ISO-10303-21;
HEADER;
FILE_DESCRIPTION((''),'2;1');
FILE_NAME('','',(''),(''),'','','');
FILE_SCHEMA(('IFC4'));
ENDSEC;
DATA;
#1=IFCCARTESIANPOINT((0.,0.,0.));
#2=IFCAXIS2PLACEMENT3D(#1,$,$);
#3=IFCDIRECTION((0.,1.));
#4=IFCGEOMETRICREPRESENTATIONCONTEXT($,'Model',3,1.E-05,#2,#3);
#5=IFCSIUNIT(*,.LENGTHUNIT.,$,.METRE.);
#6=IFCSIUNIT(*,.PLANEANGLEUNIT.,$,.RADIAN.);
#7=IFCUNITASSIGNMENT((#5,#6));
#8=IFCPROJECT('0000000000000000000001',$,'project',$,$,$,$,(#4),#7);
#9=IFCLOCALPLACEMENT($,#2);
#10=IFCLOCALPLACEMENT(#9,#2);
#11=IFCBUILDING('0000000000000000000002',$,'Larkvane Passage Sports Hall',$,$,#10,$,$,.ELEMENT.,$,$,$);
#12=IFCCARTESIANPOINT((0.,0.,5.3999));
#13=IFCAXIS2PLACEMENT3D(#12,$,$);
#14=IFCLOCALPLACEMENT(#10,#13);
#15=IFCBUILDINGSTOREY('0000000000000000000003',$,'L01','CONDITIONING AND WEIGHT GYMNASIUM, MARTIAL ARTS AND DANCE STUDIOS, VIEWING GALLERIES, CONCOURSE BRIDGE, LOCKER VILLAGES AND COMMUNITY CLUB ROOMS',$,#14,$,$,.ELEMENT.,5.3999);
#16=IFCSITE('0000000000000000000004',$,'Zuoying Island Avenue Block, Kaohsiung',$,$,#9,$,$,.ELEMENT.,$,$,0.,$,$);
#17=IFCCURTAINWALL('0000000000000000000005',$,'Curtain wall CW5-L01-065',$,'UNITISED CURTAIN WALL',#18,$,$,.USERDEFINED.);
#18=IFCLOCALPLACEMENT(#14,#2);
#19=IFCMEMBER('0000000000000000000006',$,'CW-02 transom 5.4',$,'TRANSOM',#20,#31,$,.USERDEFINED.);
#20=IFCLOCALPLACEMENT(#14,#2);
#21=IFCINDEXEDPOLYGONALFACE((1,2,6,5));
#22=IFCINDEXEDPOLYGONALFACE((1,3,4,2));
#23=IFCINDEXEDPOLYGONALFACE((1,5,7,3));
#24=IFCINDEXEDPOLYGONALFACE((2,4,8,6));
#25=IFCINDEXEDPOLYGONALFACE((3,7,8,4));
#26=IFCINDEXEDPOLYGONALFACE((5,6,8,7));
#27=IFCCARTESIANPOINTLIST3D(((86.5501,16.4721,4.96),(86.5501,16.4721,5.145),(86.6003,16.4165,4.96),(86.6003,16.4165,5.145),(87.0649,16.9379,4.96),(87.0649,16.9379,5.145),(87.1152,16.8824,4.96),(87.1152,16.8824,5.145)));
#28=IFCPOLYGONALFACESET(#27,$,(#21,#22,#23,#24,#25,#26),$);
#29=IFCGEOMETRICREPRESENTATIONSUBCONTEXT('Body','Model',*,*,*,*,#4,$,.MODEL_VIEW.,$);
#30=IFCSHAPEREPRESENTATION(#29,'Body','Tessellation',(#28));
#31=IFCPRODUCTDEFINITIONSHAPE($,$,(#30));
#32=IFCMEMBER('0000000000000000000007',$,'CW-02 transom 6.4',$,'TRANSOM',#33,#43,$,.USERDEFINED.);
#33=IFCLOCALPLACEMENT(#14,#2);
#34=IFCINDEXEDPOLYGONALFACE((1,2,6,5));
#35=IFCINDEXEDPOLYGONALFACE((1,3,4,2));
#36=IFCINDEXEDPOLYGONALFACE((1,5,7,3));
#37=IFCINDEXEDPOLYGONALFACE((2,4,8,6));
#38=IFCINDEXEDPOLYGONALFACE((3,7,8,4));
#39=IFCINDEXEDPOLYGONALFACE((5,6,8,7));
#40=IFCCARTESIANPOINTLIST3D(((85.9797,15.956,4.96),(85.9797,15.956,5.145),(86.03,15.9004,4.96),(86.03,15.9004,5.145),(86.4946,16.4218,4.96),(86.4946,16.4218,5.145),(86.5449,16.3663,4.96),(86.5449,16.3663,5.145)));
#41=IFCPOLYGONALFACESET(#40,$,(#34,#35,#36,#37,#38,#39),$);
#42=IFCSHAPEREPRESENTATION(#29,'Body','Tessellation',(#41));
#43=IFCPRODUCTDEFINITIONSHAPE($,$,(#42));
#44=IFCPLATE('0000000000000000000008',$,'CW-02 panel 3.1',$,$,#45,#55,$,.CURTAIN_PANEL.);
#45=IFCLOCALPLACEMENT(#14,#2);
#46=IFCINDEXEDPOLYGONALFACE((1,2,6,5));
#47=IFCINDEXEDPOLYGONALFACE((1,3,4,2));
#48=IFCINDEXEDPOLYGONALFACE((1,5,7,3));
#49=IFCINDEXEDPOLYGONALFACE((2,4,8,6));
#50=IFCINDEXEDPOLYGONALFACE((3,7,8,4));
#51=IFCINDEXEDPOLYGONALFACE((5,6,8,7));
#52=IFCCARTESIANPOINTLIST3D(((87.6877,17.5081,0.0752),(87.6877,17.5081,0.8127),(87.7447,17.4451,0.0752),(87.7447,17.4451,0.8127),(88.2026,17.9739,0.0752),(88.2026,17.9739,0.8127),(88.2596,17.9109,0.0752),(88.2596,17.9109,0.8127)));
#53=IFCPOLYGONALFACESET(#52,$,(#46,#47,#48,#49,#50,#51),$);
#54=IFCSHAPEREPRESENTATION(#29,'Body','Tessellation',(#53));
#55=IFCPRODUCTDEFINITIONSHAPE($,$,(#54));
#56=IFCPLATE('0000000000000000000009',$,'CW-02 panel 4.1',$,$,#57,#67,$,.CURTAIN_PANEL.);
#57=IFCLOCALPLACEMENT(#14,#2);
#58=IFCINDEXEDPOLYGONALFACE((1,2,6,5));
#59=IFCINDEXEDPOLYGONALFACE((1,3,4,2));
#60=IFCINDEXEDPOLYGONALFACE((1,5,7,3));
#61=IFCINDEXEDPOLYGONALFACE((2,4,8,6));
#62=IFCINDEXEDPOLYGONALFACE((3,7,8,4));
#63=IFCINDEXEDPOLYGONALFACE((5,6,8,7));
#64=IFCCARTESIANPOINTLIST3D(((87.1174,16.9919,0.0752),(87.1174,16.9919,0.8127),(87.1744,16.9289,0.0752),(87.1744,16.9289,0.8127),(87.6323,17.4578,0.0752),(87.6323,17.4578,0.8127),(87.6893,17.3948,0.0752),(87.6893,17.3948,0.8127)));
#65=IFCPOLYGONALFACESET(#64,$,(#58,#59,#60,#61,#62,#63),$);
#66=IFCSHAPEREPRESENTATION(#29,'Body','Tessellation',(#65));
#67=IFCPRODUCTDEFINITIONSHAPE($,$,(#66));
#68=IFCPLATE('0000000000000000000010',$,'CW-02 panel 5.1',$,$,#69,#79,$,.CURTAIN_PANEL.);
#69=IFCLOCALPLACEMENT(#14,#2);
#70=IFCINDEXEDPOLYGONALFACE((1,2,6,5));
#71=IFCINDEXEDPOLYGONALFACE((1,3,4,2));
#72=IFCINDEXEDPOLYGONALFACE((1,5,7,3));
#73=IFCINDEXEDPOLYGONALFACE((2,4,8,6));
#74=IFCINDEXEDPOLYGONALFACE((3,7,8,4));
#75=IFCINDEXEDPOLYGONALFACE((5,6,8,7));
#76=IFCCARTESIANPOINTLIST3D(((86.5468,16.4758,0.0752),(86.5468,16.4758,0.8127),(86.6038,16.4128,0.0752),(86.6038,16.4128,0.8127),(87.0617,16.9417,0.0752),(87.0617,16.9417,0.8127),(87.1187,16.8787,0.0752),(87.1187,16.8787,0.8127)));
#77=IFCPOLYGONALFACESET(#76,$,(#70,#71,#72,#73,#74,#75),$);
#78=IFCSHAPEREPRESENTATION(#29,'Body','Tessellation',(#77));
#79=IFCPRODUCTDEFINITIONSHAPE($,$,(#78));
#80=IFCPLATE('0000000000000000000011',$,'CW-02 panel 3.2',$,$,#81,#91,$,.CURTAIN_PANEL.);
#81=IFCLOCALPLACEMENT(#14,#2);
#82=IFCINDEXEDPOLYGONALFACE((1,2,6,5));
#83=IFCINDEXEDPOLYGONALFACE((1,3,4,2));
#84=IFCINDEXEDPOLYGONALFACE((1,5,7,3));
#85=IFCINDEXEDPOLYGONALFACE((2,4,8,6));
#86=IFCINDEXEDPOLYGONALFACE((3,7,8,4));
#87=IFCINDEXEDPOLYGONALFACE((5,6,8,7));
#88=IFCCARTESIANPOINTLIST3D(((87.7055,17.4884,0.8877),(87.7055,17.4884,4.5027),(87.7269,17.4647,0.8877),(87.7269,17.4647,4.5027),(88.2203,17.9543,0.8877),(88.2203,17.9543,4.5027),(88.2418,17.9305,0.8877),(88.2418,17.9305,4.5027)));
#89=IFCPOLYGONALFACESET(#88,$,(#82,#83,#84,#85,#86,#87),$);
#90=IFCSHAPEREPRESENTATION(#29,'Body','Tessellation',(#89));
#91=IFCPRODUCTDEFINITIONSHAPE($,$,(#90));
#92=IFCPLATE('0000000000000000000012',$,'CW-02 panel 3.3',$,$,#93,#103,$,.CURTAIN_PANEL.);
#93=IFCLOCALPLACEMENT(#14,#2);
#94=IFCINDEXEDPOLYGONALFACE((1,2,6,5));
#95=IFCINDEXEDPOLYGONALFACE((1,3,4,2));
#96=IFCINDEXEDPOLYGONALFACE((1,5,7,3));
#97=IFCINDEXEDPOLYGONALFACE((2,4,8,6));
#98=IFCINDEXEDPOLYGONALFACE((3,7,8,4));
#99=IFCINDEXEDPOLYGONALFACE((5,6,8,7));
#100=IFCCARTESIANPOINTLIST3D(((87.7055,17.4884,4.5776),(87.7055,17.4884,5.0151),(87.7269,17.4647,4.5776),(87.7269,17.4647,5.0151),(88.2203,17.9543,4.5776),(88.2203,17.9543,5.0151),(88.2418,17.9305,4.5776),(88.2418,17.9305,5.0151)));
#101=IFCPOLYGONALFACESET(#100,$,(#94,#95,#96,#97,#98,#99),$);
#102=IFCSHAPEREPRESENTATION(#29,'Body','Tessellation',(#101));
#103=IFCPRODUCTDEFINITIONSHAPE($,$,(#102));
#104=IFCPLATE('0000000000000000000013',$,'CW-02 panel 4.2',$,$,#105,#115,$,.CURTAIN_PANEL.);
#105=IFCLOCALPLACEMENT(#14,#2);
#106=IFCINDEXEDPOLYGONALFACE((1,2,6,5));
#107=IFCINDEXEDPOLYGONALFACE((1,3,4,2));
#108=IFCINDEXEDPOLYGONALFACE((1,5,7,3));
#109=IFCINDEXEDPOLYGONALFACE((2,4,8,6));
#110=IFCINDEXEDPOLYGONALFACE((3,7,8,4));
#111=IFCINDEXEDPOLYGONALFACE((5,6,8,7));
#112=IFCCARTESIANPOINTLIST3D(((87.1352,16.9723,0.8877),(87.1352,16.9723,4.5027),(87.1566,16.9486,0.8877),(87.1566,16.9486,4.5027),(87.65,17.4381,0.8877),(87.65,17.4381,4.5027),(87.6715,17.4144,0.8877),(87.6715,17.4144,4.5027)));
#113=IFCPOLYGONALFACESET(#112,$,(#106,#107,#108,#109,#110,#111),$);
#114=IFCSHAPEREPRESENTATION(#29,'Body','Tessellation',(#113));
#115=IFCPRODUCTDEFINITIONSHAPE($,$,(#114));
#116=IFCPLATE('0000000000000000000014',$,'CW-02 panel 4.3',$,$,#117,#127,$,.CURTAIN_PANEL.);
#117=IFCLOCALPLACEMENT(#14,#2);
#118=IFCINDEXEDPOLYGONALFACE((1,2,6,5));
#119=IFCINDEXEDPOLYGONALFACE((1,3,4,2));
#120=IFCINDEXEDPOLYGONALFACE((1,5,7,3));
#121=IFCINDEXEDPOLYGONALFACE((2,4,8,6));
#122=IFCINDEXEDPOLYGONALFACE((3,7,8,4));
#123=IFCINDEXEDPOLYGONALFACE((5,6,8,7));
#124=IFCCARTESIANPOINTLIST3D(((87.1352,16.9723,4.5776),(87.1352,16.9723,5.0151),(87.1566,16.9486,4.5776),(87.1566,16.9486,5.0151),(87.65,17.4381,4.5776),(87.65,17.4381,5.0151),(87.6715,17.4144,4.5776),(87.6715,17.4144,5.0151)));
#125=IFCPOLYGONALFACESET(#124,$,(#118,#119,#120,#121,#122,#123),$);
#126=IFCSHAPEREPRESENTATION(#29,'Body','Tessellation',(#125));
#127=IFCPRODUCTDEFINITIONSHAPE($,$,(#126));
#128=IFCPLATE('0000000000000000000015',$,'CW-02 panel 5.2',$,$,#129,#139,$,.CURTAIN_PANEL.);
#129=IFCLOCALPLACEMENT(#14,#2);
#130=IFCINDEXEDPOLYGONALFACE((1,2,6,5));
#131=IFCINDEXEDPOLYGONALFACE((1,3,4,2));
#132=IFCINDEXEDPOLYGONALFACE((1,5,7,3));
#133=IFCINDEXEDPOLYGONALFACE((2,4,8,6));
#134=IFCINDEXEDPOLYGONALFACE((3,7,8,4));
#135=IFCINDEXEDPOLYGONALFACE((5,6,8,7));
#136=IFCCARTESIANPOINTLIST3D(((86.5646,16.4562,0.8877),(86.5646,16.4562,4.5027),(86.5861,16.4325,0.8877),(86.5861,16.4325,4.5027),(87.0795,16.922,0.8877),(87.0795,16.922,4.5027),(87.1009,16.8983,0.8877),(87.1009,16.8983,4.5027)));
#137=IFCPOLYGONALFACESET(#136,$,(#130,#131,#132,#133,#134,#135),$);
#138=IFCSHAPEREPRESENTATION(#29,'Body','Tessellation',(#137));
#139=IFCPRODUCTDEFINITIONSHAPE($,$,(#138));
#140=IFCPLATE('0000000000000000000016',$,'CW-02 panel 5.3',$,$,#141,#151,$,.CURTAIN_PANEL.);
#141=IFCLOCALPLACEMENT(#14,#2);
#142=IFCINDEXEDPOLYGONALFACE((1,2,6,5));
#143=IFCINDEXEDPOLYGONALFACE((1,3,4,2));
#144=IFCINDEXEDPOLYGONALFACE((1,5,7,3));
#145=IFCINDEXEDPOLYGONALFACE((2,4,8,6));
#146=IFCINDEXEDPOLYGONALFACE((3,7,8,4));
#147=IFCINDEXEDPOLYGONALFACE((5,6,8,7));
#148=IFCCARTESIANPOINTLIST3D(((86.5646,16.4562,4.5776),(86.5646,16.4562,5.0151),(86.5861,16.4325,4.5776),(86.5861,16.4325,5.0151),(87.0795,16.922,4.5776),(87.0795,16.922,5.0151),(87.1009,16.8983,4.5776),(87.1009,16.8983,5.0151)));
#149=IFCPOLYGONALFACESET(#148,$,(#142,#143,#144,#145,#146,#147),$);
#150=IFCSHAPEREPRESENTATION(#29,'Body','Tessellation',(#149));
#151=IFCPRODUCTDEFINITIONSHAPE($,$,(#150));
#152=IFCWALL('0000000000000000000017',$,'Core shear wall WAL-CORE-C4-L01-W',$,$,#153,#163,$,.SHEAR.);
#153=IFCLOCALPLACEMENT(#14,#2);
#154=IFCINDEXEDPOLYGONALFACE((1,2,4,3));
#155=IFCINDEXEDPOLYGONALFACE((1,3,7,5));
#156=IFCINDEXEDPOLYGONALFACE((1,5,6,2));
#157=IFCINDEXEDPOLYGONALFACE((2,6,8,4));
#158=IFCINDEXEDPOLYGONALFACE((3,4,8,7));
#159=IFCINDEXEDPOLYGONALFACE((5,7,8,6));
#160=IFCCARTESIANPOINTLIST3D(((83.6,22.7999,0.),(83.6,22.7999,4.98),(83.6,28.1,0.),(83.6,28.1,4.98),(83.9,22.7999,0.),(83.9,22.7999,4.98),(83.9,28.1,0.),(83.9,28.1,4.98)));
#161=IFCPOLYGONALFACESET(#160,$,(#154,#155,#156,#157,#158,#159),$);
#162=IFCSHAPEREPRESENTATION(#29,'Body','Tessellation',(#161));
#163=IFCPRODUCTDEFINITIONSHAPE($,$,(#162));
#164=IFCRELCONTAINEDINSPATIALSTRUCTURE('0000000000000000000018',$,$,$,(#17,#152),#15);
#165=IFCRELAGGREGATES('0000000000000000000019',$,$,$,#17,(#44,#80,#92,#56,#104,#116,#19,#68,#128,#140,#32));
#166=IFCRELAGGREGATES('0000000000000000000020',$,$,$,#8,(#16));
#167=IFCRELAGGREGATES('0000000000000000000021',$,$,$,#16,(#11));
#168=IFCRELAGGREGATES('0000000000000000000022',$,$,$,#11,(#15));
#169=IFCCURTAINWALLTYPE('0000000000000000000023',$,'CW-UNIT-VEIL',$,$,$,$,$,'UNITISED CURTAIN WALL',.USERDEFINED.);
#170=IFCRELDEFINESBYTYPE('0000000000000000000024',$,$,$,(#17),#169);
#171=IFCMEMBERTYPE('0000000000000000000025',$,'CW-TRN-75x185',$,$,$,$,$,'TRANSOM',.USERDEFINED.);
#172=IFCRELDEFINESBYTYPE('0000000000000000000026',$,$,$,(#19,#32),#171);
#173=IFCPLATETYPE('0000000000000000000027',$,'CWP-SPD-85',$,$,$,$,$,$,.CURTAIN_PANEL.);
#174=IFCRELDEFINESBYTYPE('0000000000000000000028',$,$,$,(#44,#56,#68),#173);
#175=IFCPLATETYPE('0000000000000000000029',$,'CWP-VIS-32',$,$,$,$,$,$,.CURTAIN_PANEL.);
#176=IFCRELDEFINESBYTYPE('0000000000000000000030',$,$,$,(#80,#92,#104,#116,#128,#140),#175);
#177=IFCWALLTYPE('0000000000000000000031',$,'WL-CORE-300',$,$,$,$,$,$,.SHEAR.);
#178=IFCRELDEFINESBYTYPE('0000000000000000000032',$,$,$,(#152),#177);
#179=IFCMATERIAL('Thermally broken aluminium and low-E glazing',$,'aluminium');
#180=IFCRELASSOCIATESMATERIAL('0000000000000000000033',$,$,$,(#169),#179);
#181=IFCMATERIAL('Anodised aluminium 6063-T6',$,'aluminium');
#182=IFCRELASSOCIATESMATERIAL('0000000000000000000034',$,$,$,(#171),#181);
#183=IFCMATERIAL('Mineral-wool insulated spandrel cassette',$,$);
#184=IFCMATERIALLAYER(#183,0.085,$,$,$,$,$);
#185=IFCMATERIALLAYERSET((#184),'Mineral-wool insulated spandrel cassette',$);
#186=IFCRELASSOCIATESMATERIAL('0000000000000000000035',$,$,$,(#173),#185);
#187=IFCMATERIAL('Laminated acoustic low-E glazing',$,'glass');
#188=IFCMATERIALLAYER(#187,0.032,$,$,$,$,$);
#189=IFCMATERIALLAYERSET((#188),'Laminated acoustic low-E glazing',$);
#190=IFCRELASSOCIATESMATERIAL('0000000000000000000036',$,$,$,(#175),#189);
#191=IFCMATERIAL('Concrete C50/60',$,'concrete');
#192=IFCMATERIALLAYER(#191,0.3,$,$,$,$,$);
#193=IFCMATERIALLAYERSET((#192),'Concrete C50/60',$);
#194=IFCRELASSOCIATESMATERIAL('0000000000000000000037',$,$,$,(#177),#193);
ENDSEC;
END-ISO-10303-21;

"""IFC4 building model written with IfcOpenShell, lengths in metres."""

from ifc_helpers import new_model, si_unit, direction, frame, frame_2d, origin, origin_2d, place, context, subcontext, project, spatial, rectangle, extrude, material, layer, layer_set, material_profile, profile_set, type_object, element, aggregate, save


model = new_model("IFC4")

# Units and contexts
model_context = context("Model", 3, precision=1e-05, world=origin(), true_north=direction((0.0, 1.0)))
body_context = subcontext(model_context, "Body", "Model", "MODEL_VIEW")
ifc_project = project(units=[si_unit("LENGTHUNIT", "METRE"), si_unit("PLANEANGLEUNIT", "RADIAN")], contexts=[model_context])

# Site, building, storey
site_placement = place(None, origin())
site = spatial("IfcSite", under=ifc_project, at=site_placement, Name="Zuoying Island Avenue Block, Kaohsiung", CompositionType="ELEMENT", RefElevation=0.0)
building_placement = place(site_placement, origin())
building = spatial("IfcBuilding", under=site, at=building_placement, Name="Larkvane Passage Sports Hall", CompositionType="ELEMENT")
storey_placement = place(building_placement, frame((0.0, 0.0, 5.3999)))
storey = spatial("IfcBuildingStorey", under=building, at=storey_placement, Name="L01", Description="CONDITIONING AND WEIGHT GYMNASIUM, MARTIAL ARTS AND DANCE STUDIOS, VIEWING GALLERIES, CONCOURSE BRIDGE, LOCKER VILLAGES AND COMMUNITY CLUB ROOMS", CompositionType="ELEMENT", Elevation=5.3999)

# Curtain wall, members, plates
ifc_material_1 = material(Name="Thermally broken aluminium and low-E glazing", Category="aluminium")
curtain_wall_type = type_object("IfcCurtainWallType", Name="CW-UNIT-VEIL", ElementType="UNITISED CURTAIN WALL", PredefinedType="USERDEFINED", material=ifc_material_1)
curtain_wall_placement = place(storey_placement, origin())
curtain_wall = element("IfcCurtainWall", 1, at=curtain_wall_placement, inside=storey, type_object=curtain_wall_type, Name="Curtain wall CW5-L01-065", ObjectType="UNITISED CURTAIN WALL", PredefinedType="USERDEFINED")
ifc_material_2 = material(Name="Anodised aluminium 6063-T6", Category="aluminium")
ifc_material_profile_1 = material_profile(ifc_material_2, rectangle(XDim=0.075, YDim=0.1851, at=origin_2d()), Name="ALU-TRN-75x185")
ifc_profile_set_1 = profile_set([ifc_material_profile_1], Name="Anodised aluminium 6063-T6")
member_type_1 = type_object("IfcMemberType", Name="CW-TRN-75x185", ElementType="TRANSOM", PredefinedType="USERDEFINED", material=ifc_profile_set_1)
member_1_placement = place(storey_placement, frame((87.0901, 16.9102, 5.0525), z_axis=(-0.741561, -0.670886, 0.0), x_axis=(0.670886, -0.741561, 0.0)))
member_1 = element("IfcMember", 2, at=member_1_placement, type_object=member_type_1, Name="CW-02 transom 5.4", ObjectType="TRANSOM", PredefinedType="USERDEFINED", context=body_context, shape_type="SweptSolid", body=[
    extrude(rectangle(XDim=0.075, YDim=0.1851, at=origin_2d()), origin(), (0.0, 0.0, 1.0), 0.6943),
])
member_2_placement = place(storey_placement, frame((86.5198, 16.394, 5.0525), z_axis=(-0.741561, -0.670886, 0.0), x_axis=(0.670886, -0.741561, 0.0)))
member_2 = element("IfcMember", 3, at=member_2_placement, type_object=member_type_1, Name="CW-02 transom 6.4", ObjectType="TRANSOM", PredefinedType="USERDEFINED", context=body_context, shape_type="SweptSolid", body=[
    extrude(rectangle(XDim=0.075, YDim=0.1851, at=origin_2d()), origin(), (0.0, 0.0, 1.0), 0.6943),
])
ifc_material_3 = material(Name="Mineral-wool insulated spandrel cassette")
ifc_layer_1 = layer(ifc_material_3, 0.085)
ifc_layer_set_1 = layer_set([ifc_layer_1], Name="Mineral-wool insulated spandrel cassette")
plate_type_1 = type_object("IfcPlateType", Name="CWP-SPD-85", PredefinedType="CURTAIN_PANEL", material=ifc_layer_set_1)
plate_1_placement = place(storey_placement, frame((87.9736, 17.7095, 0.0752), z_axis=(0.0, 0.0, 1.0), x_axis=(-0.741533, -0.670917, 0.0)))
plate_1 = element("IfcPlate", 4, at=plate_1_placement, type_object=plate_type_1, Name="CW-02 panel 3.1", PredefinedType="CURTAIN_PANEL", context=body_context, shape_type="SweptSolid", body=[
    extrude(rectangle(XDim=0.6943, YDim=0.085, at=origin_2d()), origin(), (0.0, 0.0, 1.0), 0.7375),
])
plate_2_placement = place(storey_placement, frame((87.4033, 17.1934, 0.0752), z_axis=(0.0, 0.0, 1.0), x_axis=(-0.741533, -0.670917, 0.0)))
plate_2 = element("IfcPlate", 5, at=plate_2_placement, type_object=plate_type_1, Name="CW-02 panel 4.1", PredefinedType="CURTAIN_PANEL", context=body_context, shape_type="SweptSolid", body=[
    extrude(rectangle(XDim=0.6943, YDim=0.085, at=origin_2d()), origin(), (0.0, 0.0, 1.0), 0.7375),
])
plate_3_placement = place(storey_placement, frame((86.8328, 16.6772, 0.0752), z_axis=(0.0, 0.0, 1.0), x_axis=(-0.741533, -0.670917, 0.0)))
plate_3 = element("IfcPlate", 6, at=plate_3_placement, type_object=plate_type_1, Name="CW-02 panel 5.1", PredefinedType="CURTAIN_PANEL", context=body_context, shape_type="SweptSolid", body=[
    extrude(rectangle(XDim=0.6943, YDim=0.085, at=origin_2d()), origin(), (0.0, 0.0, 1.0), 0.7375),
])
ifc_material_4 = material(Name="Laminated acoustic low-E glazing", Category="glass")
ifc_layer_2 = layer(ifc_material_4, 0.032)
ifc_layer_set_2 = layer_set([ifc_layer_2], Name="Laminated acoustic low-E glazing")
plate_type_2 = type_object("IfcPlateType", Name="CWP-VIS-32", PredefinedType="CURTAIN_PANEL", material=ifc_layer_set_2)
plate_4_placement = place(storey_placement, frame((87.9736, 17.7095, 0.8877), z_axis=(0.0, 0.0, 1.0), x_axis=(-0.741533, -0.670917, 0.0)))
plate_4 = element("IfcPlate", 7, at=plate_4_placement, type_object=plate_type_2, Name="CW-02 panel 3.2", PredefinedType="CURTAIN_PANEL", context=body_context, shape_type="SweptSolid", body=[
    extrude(rectangle(XDim=0.6943, YDim=0.032, at=origin_2d()), origin(), (0.0, 0.0, 1.0), 3.615),
])
plate_5_placement = place(storey_placement, frame((87.9736, 17.7095, 4.5776), z_axis=(0.0, 0.0, 1.0), x_axis=(-0.741533, -0.670917, 0.0)))
plate_5 = element("IfcPlate", 8, at=plate_5_placement, type_object=plate_type_2, Name="CW-02 panel 3.3", PredefinedType="CURTAIN_PANEL", context=body_context, shape_type="SweptSolid", body=[
    extrude(rectangle(XDim=0.6943, YDim=0.032, at=origin_2d()), origin(), (0.0, 0.0, 1.0), 0.4375),
])
plate_6_placement = place(storey_placement, frame((87.4033, 17.1934, 0.8877), z_axis=(0.0, 0.0, 1.0), x_axis=(-0.741533, -0.670917, 0.0)))
plate_6 = element("IfcPlate", 9, at=plate_6_placement, type_object=plate_type_2, Name="CW-02 panel 4.2", PredefinedType="CURTAIN_PANEL", context=body_context, shape_type="SweptSolid", body=[
    extrude(rectangle(XDim=0.6943, YDim=0.032, at=origin_2d()), origin(), (0.0, 0.0, 1.0), 3.615),
])
plate_7_placement = place(storey_placement, frame((87.4033, 17.1934, 4.5776), z_axis=(0.0, 0.0, 1.0), x_axis=(-0.741533, -0.670917, 0.0)))
plate_7 = element("IfcPlate", 10, at=plate_7_placement, type_object=plate_type_2, Name="CW-02 panel 4.3", PredefinedType="CURTAIN_PANEL", context=body_context, shape_type="SweptSolid", body=[
    extrude(rectangle(XDim=0.6943, YDim=0.032, at=origin_2d()), origin(), (0.0, 0.0, 1.0), 0.4375),
])
plate_8_placement = place(storey_placement, frame((86.8328, 16.6772, 0.8877), z_axis=(0.0, 0.0, 1.0), x_axis=(-0.741533, -0.670917, 0.0)))
plate_8 = element("IfcPlate", 11, at=plate_8_placement, type_object=plate_type_2, Name="CW-02 panel 5.2", PredefinedType="CURTAIN_PANEL", context=body_context, shape_type="SweptSolid", body=[
    extrude(rectangle(XDim=0.6943, YDim=0.032, at=origin_2d()), origin(), (0.0, 0.0, 1.0), 3.615),
])
plate_9_placement = place(storey_placement, frame((86.8328, 16.6772, 4.5776), z_axis=(0.0, 0.0, 1.0), x_axis=(-0.741533, -0.670917, 0.0)))
plate_9 = element("IfcPlate", 12, at=plate_9_placement, type_object=plate_type_2, Name="CW-02 panel 5.3", PredefinedType="CURTAIN_PANEL", context=body_context, shape_type="SweptSolid", body=[
    extrude(rectangle(XDim=0.6943, YDim=0.032, at=origin_2d()), origin(), (0.0, 0.0, 1.0), 0.4375),
])
aggregate(curtain_wall, [plate_1, plate_4, plate_5, plate_2, plate_6, plate_7, member_1, plate_3, plate_8, plate_9, member_2])

# Wall
ifc_material_5 = material(Name="Concrete C50/60", Category="concrete")
ifc_layer_3 = layer(ifc_material_5, 0.3)
ifc_layer_set_3 = layer_set([ifc_layer_3], Name="Concrete C50/60")
wall_type_1 = type_object("IfcWallType", Name="WL-CORE-300", PredefinedType="SHEAR", material=ifc_layer_set_3)
wall_1_placement = place(storey_placement, frame((83.75, 22.8, 0.0), z_axis=(0.0, 0.0, 1.0), x_axis=(0.0, 1.0, 0.0)))
element("IfcWall", 13, at=wall_1_placement, inside=storey, type_object=wall_type_1, Name="Core shear wall WAL-CORE-C4-L01-W", PredefinedType="SHEAR", context=body_context, shape_type="SweptSolid", body=[
    extrude(rectangle(XDim=5.3, YDim=0.3, at=frame_2d((2.6499, 0.0))), origin(), (0.0, 0.0, 1.0), 4.98),
])

save(model, "model.ifc")
